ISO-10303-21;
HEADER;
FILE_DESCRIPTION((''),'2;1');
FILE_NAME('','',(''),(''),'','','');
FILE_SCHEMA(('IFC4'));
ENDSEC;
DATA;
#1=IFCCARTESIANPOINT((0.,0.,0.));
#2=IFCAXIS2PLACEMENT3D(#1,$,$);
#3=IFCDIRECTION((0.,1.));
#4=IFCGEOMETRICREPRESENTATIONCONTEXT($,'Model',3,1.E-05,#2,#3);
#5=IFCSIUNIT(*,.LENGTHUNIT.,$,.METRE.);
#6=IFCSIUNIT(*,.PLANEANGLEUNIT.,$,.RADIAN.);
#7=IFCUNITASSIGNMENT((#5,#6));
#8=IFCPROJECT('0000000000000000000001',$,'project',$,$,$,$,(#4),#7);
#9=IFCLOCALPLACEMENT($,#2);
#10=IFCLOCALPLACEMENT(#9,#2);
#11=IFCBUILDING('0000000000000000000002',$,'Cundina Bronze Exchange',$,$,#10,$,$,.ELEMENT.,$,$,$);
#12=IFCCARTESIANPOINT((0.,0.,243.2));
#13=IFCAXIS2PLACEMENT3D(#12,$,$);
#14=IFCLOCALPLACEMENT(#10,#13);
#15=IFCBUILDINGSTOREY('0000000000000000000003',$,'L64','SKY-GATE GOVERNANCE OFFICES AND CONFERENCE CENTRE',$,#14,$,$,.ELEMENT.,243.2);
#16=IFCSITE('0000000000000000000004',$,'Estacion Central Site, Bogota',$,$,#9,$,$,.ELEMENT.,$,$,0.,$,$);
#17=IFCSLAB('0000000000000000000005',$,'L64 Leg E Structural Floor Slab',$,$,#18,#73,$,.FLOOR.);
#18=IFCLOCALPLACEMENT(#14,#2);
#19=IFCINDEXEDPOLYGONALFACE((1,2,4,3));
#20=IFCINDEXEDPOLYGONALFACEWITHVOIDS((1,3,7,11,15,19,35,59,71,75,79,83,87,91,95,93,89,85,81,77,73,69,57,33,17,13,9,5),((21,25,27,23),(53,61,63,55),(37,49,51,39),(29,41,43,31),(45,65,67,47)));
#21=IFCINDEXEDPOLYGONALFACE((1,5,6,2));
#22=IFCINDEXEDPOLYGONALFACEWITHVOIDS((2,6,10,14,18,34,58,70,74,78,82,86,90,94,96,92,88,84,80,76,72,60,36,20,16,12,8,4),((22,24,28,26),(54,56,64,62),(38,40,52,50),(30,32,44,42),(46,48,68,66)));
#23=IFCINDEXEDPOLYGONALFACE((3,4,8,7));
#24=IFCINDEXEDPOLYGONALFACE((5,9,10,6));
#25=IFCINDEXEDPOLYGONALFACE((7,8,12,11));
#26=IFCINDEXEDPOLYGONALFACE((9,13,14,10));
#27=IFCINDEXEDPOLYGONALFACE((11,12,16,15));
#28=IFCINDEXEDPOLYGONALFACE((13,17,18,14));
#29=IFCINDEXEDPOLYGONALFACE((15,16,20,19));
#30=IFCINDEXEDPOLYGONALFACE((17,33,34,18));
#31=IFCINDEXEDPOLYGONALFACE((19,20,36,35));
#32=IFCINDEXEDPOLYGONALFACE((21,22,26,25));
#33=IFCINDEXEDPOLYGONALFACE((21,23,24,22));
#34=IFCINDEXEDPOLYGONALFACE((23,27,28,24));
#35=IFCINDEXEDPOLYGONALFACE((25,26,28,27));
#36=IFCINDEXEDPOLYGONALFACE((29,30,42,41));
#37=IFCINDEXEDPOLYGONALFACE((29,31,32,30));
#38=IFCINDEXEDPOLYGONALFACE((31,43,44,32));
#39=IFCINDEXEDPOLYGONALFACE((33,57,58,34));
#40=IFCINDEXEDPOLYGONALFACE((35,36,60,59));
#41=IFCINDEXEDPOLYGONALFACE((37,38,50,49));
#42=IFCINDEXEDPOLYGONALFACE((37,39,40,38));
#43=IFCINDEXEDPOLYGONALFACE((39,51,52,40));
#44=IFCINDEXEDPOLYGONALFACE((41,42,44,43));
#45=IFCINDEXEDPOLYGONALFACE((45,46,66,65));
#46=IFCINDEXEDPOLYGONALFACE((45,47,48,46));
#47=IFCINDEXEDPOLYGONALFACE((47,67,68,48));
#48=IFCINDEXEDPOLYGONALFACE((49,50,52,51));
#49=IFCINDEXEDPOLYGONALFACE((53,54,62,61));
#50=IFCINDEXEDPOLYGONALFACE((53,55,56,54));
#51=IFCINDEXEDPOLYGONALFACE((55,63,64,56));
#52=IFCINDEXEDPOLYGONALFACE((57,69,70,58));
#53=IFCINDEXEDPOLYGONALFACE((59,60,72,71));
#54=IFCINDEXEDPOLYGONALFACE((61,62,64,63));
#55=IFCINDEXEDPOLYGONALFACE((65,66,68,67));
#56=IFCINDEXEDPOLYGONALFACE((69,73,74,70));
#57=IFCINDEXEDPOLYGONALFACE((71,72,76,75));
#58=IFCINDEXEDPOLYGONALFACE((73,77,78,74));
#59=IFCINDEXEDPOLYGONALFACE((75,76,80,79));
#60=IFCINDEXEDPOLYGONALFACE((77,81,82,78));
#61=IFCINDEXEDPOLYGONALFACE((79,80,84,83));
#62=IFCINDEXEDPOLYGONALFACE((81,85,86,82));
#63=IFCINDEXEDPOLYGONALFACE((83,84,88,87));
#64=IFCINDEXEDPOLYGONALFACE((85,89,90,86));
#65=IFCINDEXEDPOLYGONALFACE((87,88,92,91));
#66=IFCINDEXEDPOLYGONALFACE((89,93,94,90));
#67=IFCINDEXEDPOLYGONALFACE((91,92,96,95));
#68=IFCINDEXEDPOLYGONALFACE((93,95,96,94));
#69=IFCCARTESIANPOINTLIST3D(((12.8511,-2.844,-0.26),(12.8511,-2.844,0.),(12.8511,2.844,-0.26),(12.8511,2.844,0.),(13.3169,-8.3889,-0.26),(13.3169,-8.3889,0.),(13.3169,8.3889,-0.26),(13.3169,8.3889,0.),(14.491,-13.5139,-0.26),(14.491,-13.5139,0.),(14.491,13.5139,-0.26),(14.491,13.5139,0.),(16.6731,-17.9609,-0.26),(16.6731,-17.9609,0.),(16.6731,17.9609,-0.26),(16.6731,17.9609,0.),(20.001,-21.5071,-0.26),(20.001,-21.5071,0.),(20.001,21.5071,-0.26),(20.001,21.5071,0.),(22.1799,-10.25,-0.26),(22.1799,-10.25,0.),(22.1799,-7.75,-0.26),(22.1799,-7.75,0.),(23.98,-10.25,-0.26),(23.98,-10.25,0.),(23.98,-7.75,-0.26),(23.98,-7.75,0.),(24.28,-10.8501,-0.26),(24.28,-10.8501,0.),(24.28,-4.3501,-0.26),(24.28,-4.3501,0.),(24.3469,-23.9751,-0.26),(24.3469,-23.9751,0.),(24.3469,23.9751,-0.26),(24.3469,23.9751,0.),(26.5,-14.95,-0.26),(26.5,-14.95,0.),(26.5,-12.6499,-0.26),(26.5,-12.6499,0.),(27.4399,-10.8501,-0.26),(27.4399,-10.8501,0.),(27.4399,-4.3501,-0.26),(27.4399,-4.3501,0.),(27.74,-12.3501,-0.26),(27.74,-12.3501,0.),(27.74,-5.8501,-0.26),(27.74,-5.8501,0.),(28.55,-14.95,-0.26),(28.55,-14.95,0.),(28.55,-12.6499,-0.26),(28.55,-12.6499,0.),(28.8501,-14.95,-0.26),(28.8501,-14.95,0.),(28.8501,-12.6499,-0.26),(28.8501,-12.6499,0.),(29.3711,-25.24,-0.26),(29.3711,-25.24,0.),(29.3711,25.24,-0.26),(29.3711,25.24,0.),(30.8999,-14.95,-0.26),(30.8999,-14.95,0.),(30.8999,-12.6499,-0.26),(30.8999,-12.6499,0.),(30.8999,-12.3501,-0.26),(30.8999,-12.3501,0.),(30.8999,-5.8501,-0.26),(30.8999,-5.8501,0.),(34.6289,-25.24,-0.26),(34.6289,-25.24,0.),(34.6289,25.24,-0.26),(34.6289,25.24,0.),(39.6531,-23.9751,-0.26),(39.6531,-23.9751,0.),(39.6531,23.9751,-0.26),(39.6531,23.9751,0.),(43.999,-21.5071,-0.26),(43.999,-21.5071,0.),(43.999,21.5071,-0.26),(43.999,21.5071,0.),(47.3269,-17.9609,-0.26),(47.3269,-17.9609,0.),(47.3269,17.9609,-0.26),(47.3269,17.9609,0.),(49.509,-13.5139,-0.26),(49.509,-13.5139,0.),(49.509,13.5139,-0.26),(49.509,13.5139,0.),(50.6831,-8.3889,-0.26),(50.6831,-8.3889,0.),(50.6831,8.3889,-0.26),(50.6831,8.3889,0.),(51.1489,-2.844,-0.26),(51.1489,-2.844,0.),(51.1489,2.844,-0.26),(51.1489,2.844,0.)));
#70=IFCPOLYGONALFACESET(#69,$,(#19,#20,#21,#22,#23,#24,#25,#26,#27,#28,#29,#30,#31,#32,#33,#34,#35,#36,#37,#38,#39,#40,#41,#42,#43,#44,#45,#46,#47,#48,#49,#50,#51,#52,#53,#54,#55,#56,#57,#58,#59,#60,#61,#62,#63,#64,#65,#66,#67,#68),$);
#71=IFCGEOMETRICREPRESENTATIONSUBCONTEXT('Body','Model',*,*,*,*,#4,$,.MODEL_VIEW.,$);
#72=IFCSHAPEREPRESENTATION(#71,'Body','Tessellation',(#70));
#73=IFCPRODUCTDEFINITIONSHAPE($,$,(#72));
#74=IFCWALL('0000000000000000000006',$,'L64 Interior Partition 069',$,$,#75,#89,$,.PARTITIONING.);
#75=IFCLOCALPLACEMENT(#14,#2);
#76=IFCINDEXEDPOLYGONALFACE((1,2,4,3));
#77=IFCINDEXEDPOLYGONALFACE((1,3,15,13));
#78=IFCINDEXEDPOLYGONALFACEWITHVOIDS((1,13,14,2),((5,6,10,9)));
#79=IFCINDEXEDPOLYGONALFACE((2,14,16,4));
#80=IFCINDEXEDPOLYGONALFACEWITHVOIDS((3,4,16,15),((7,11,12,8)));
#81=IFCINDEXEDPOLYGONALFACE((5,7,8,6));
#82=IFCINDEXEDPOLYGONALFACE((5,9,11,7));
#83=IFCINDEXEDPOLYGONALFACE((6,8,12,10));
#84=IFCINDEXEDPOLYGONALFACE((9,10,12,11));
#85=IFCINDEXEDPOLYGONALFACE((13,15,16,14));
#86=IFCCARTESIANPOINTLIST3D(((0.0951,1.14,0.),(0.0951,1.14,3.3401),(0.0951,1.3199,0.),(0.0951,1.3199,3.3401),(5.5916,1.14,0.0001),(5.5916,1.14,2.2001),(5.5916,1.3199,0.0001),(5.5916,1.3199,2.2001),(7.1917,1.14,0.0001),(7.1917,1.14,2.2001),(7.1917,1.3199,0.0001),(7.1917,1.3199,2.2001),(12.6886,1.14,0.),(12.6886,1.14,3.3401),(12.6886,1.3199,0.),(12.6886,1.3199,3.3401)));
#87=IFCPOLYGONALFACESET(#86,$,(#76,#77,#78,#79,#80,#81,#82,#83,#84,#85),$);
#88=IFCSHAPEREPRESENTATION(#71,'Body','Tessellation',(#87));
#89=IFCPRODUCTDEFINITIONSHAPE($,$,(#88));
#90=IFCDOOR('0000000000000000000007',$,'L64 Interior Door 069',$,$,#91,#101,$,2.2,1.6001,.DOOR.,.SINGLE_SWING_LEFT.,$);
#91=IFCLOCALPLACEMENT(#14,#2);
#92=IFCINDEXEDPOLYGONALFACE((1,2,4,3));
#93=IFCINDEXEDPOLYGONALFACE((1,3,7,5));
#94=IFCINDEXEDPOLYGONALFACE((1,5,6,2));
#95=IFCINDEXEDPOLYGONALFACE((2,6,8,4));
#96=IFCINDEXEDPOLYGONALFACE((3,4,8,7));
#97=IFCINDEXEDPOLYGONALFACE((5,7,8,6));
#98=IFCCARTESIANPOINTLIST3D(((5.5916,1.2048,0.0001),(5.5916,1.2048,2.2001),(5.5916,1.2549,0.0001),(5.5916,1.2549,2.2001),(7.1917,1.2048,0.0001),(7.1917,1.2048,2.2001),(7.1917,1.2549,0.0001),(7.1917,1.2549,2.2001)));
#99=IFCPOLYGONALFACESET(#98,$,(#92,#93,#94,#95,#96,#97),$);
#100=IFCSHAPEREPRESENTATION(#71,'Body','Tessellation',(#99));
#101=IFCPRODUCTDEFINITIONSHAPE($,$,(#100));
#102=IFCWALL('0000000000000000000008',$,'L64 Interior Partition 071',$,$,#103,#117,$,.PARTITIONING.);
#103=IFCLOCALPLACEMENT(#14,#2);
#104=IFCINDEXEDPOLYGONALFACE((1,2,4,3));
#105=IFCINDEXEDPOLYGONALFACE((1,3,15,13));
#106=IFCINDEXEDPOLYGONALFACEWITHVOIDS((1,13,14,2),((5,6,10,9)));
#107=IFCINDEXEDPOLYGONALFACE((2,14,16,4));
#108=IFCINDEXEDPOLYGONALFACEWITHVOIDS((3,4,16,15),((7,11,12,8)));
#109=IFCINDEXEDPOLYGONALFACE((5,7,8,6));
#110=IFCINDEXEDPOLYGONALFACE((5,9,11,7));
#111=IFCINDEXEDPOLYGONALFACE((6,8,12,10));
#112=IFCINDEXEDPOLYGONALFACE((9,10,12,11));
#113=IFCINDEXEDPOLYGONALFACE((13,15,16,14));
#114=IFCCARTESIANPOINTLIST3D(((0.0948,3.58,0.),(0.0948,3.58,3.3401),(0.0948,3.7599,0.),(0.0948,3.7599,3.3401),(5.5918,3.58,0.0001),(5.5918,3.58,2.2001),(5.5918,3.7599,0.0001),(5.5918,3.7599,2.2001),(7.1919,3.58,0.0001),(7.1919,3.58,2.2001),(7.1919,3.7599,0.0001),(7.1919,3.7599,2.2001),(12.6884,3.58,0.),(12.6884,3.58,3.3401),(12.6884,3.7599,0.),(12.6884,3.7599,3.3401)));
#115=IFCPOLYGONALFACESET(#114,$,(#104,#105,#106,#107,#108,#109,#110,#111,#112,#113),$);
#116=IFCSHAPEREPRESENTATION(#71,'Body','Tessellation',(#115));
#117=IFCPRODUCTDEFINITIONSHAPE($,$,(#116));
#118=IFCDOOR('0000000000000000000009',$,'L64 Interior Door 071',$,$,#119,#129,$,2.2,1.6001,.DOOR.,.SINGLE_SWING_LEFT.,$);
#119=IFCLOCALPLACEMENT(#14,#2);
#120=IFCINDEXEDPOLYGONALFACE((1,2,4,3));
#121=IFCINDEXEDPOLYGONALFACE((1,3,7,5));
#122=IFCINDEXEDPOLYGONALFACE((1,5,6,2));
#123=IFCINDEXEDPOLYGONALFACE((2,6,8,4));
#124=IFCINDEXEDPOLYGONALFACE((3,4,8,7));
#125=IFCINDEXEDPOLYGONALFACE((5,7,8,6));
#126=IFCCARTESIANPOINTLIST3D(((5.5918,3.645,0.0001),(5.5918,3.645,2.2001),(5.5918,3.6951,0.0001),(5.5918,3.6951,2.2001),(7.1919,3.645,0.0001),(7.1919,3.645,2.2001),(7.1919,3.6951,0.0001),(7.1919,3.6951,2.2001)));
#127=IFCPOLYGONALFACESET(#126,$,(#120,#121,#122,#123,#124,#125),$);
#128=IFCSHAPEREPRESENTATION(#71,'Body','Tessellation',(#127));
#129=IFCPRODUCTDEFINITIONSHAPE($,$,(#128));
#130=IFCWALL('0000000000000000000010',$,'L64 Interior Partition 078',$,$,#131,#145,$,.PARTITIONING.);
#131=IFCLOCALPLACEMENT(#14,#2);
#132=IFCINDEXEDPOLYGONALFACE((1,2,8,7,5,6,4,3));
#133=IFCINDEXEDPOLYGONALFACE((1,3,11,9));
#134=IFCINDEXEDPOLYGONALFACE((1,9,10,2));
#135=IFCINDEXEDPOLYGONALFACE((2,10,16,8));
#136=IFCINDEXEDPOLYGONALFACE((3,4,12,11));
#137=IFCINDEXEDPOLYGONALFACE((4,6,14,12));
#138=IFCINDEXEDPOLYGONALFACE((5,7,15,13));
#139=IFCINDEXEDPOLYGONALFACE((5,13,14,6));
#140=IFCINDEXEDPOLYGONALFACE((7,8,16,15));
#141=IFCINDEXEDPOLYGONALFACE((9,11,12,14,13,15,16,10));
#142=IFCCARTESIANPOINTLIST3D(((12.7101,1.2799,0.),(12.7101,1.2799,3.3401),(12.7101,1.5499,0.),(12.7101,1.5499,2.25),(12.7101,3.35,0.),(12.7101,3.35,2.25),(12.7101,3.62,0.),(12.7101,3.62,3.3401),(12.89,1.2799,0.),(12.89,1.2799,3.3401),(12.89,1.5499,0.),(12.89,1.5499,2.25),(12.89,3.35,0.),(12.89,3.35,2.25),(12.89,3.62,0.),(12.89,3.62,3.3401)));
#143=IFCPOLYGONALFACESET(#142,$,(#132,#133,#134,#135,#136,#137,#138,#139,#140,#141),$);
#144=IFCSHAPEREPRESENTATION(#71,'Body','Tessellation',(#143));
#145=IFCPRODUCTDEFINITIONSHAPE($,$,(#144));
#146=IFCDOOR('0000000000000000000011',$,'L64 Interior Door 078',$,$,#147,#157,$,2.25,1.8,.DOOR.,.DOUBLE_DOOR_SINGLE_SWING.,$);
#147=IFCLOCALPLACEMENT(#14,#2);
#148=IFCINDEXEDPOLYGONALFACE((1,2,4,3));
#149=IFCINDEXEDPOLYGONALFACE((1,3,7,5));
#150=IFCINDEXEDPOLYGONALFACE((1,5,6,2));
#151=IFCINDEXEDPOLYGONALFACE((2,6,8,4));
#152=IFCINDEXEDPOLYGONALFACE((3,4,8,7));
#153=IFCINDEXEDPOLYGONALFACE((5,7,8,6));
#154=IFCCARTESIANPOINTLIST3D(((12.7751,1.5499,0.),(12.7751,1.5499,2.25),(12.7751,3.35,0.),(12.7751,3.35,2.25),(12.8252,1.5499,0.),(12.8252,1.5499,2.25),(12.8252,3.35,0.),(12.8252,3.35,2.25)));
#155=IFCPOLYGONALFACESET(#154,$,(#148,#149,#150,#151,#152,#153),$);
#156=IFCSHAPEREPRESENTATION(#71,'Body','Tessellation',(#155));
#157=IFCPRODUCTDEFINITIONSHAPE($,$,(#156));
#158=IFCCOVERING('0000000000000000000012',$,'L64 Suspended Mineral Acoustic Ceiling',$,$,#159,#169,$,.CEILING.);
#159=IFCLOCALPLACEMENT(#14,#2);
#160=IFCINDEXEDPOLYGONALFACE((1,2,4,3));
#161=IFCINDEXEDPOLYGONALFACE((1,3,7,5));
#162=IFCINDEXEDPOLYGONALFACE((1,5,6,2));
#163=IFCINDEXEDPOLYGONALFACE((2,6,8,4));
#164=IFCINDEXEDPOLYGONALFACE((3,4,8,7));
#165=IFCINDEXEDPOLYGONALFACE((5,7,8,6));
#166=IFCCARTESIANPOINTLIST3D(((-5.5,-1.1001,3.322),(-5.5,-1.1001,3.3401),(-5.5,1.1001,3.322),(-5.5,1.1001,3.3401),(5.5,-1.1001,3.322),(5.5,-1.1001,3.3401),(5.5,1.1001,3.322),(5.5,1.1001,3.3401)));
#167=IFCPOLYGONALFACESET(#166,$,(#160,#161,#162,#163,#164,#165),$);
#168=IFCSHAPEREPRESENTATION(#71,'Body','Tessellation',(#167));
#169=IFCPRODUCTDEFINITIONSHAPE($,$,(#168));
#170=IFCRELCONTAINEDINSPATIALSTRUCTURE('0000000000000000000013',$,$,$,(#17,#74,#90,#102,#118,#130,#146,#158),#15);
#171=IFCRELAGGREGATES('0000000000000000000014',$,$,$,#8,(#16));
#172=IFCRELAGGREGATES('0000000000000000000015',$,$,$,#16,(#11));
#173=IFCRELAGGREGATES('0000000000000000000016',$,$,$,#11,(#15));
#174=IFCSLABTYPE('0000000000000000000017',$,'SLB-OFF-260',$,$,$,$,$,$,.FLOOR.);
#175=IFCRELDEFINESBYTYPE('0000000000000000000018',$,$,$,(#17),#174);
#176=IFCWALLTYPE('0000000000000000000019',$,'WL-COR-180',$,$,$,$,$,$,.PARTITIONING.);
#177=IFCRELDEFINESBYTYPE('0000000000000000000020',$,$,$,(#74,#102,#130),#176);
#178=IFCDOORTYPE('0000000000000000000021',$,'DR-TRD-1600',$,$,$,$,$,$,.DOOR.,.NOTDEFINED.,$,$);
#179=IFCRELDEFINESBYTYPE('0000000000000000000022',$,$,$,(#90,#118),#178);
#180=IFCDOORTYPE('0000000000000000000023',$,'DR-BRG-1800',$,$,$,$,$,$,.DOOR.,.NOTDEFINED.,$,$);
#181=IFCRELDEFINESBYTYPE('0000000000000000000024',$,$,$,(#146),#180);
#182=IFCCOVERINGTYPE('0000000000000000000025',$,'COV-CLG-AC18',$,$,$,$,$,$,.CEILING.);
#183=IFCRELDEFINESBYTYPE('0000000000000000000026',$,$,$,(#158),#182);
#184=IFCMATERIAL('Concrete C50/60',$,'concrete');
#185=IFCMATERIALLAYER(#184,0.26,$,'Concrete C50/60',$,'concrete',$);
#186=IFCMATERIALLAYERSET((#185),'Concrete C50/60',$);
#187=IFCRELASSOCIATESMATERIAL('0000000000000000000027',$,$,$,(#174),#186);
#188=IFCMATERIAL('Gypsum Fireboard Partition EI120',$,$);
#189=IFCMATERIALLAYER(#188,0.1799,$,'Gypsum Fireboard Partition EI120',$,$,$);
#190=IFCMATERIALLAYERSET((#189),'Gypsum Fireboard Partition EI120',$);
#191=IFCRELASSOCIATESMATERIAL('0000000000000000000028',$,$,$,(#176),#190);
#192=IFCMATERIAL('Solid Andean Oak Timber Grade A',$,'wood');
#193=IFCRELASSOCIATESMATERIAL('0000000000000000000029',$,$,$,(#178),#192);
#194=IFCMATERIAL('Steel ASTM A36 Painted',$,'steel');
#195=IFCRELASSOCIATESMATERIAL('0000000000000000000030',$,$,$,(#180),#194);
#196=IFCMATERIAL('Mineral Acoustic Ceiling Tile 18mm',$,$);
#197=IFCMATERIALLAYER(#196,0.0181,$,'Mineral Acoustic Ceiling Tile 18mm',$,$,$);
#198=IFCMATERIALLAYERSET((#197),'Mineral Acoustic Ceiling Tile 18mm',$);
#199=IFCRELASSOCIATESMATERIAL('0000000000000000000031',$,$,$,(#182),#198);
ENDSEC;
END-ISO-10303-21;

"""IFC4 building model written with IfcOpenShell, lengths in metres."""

from ifc_helpers import new_model, si_unit, direction, frame, frame_2d, origin, place, context, subcontext, project, spatial, polyline, rectangle, outline, extrude, material, layer, layer_set, type_object, element, fill, save


model = new_model("IFC4")

# Units and contexts
model_context = context("Model", 3, precision=1e-05, world=origin(), true_north=direction((0.0, 1.0)))
body_context = subcontext(model_context, "Body", "Model", "MODEL_VIEW")
ifc_project = project(units=[si_unit("LENGTHUNIT", "METRE"), si_unit("PLANEANGLEUNIT", "RADIAN")], contexts=[model_context])

# Site, building, storey
site_placement = place(None, origin())
site = spatial("IfcSite", under=ifc_project, at=site_placement, Name="Estacion Central Site, Bogota", CompositionType="ELEMENT", RefElevation=0.0)
building_placement = place(site_placement, origin())
building = spatial("IfcBuilding", under=site, at=building_placement, Name="Cundina Bronze Exchange", CompositionType="ELEMENT")
storey_placement = place(building_placement, frame((0.0, 0.0, 243.2)))
storey = spatial("IfcBuildingStorey", under=building, at=storey_placement, Name="L64", Description="SKY-GATE GOVERNANCE OFFICES AND CONFERENCE CENTRE", CompositionType="ELEMENT", Elevation=243.2)

# Shared definitions
ifc_material_1 = material(Name="Concrete C50/60", Category="concrete")

# Slab
ifc_layer_1 = layer(ifc_material_1, 0.26, Name="Concrete C50/60", Category="concrete")
ifc_layer_set_1 = layer_set([ifc_layer_1], Name="Concrete C50/60")
slab_type_1 = type_object("IfcSlabType", Name="SLB-OFF-260", PredefinedType="FLOOR", material=ifc_layer_set_1)
slab_1_placement = place(storey_placement, frame((0.0, 0.0, -0.26)))
element("IfcSlab", 1, at=slab_1_placement, inside=storey, type_object=slab_type_1, Name="L64 Leg E Structural Floor Slab", PredefinedType="FLOOR", context=body_context, shape_type="SweptSolid", body=[
    extrude(outline(polyline([(51.1489, 2.844), (50.6831, 8.3889), (49.509, 13.5139), (47.3269, 17.9609), (43.999, 21.5071), (39.6531, 23.9751), (34.6289, 25.24), (29.3711, 25.24), (24.3469, 23.9751), (20.001, 21.5071), (16.6731, 17.9609), (14.491, 13.5139), (13.3169, 8.3889), (12.8511, 2.844), (12.8511, -2.844), (13.3169, -8.3889), (14.491, -13.5139), (16.6731, -17.9609), (20.001, -21.5071), (24.3469, -23.9751), (29.3711, -25.24), (34.6289, -25.24), (39.6531, -23.9751), (43.999, -21.5071), (47.3269, -17.9609), (49.509, -13.5139), (50.6831, -8.3889), (51.1489, -2.844), (51.1489, 2.844)]), holes=[polyline([(27.74, -5.8501), (27.74, -12.3501), (30.8999, -12.3501), (30.8999, -5.8501), (27.74, -5.8501)]), polyline([(27.4399, -10.8501), (27.4399, -4.3501), (24.28, -4.3501), (24.28, -10.8501), (27.4399, -10.8501)]), polyline([(22.1799, -7.75), (23.98, -7.75), (23.98, -10.25), (22.1799, -10.25), (22.1799, -7.75)]), polyline([(28.8501, -12.6499), (30.8999, -12.6499), (30.8999, -14.95), (28.8501, -14.95), (28.8501, -12.6499)]), polyline([(26.5, -12.6499), (28.55, -12.6499), (28.55, -14.95), (26.5, -14.95), (26.5, -12.6499)])]), origin(), (0.0, 0.0, 1.0), 0.26),
])

# Walls, openings, doors
ifc_material_2 = material(Name="Gypsum Fireboard Partition EI120")
ifc_layer_2 = layer(ifc_material_2, 0.1799, Name="Gypsum Fireboard Partition EI120")
ifc_layer_set_2 = layer_set([ifc_layer_2], Name="Gypsum Fireboard Partition EI120")
wall_type = type_object("IfcWallType", Name="WL-COR-180", PredefinedType="PARTITIONING", material=ifc_layer_set_2)
wall_1_placement = place(storey_placement, frame((0.095, 1.23, 0.0), z_axis=(0.0, 0.0, 1.0), x_axis=(1.0, 0.0, 0.0)))
wall_1 = element("IfcWall", 2, at=wall_1_placement, inside=storey, type_object=wall_type, Name="L64 Interior Partition 069", PredefinedType="PARTITIONING", context=body_context, shape_type="SweptSolid", body=[
    extrude(rectangle(XDim=12.5935, YDim=0.1799, at=frame_2d((6.2969, 0.0))), origin(), (0.0, 0.0, 1.0), 3.3401),
])
opening_1_placement = place(wall_1_placement, frame((5.4966, 0.0, 0.0)))
opening_1 = element("IfcOpeningElement", 3, at=opening_1_placement, cuts=wall_1, PredefinedType="OPENING", context=body_context, shape_type="SweptSolid", body=[
    extrude(rectangle(XDim=1.6001, YDim=2.2, at=frame_2d((0.8, 1.1001))), frame((0.0, 0.0999, 0.0), z_axis=(0.0, -1.0, 0.0), x_axis=(1.0, 0.0, 0.0)), (0.0, 0.0, 1.0), 0.2),
])
ifc_material_3 = material(Name="Solid Andean Oak Timber Grade A", Category="wood")
door_type_1 = type_object("IfcDoorType", Name="DR-TRD-1600", OperationType="NOTDEFINED", PredefinedType="DOOR", material=ifc_material_3)
door_1_placement = place(opening_1_placement, origin())
door_1 = element("IfcDoor", 4, at=door_1_placement, inside=storey, type_object=door_type_1, Name="L64 Interior Door 069", OperationType="SINGLE_SWING_LEFT", OverallHeight=2.2, OverallWidth=1.6001, PredefinedType="DOOR", context=body_context, shape_type="SweptSolid", body=[
    extrude(rectangle(XDim=1.6001, YDim=2.2, at=frame_2d((0.8, 1.1001))), frame((0.0, 0.0249, 0.0), z_axis=(0.0, -1.0, 0.0), x_axis=(1.0, 0.0, 0.0)), (0.0, 0.0, 1.0), 0.05),
])
fill(opening_1, door_1)
wall_2_placement = place(storey_placement, frame((12.6885, 3.6699, 0.0), z_axis=(0.0, 0.0, 1.0), x_axis=(-1.0, 0.0, 0.0)))
wall_2 = element("IfcWall", 5, at=wall_2_placement, inside=storey, type_object=wall_type, Name="L64 Interior Partition 071", PredefinedType="PARTITIONING", context=body_context, shape_type="SweptSolid", body=[
    extrude(rectangle(XDim=12.5935, YDim=0.1799, at=frame_2d((6.2969, 0.0))), origin(), (0.0, 0.0, 1.0), 3.3401),
])
opening_2_placement = place(wall_2_placement, frame((5.4966, 0.0, 0.0)))
opening_2 = element("IfcOpeningElement", 6, at=opening_2_placement, cuts=wall_2, PredefinedType="OPENING", context=body_context, shape_type="SweptSolid", body=[
    extrude(rectangle(XDim=1.6001, YDim=2.2, at=frame_2d((0.8, 1.1001))), frame((0.0, 0.0999, 0.0), z_axis=(0.0, -1.0, 0.0), x_axis=(1.0, 0.0, 0.0)), (0.0, 0.0, 1.0), 0.2),
])
door_2_placement = place(opening_2_placement, origin())
door_2 = element("IfcDoor", 7, at=door_2_placement, inside=storey, type_object=door_type_1, Name="L64 Interior Door 071", OperationType="SINGLE_SWING_LEFT", OverallHeight=2.2, OverallWidth=1.6001, PredefinedType="DOOR", context=body_context, shape_type="SweptSolid", body=[
    extrude(rectangle(XDim=1.6001, YDim=2.2, at=frame_2d((0.8, 1.1001))), frame((0.0, 0.0249, 0.0), z_axis=(0.0, -1.0, 0.0), x_axis=(1.0, 0.0, 0.0)), (0.0, 0.0, 1.0), 0.05),
])
fill(opening_2, door_2)
wall_3_placement = place(storey_placement, frame((12.8, 1.28, 0.0), z_axis=(0.0, 0.0, 1.0), x_axis=(0.0, 1.0, 0.0)))
wall_3 = element("IfcWall", 8, at=wall_3_placement, inside=storey, type_object=wall_type, Name="L64 Interior Partition 078", PredefinedType="PARTITIONING", context=body_context, shape_type="SweptSolid", body=[
    extrude(rectangle(XDim=2.3401, YDim=0.1799, at=frame_2d((1.1699, 0.0))), origin(), (0.0, 0.0, 1.0), 3.3401),
])
opening_3_placement = place(wall_3_placement, frame((0.27, 0.0, 0.0)))
opening_3 = element("IfcOpeningElement", 9, at=opening_3_placement, cuts=wall_3, PredefinedType="OPENING", context=body_context, shape_type="SweptSolid", body=[
    extrude(rectangle(XDim=1.8, YDim=2.25, at=frame_2d((0.8999, 1.125))), frame((0.0, 0.0999, 0.0), z_axis=(0.0, -1.0, 0.0), x_axis=(1.0, 0.0, 0.0)), (0.0, 0.0, 1.0), 0.2),
])
ifc_material_4 = material(Name="Steel ASTM A36 Painted", Category="steel")
door_type_2 = type_object("IfcDoorType", Name="DR-BRG-1800", OperationType="NOTDEFINED", PredefinedType="DOOR", material=ifc_material_4)
door_3_placement = place(opening_3_placement, origin())
door_3 = element("IfcDoor", 10, at=door_3_placement, inside=storey, type_object=door_type_2, Name="L64 Interior Door 078", OperationType="DOUBLE_DOOR_SINGLE_SWING", OverallHeight=2.25, OverallWidth=1.8, PredefinedType="DOOR", context=body_context, shape_type="SweptSolid", body=[
    extrude(rectangle(XDim=1.8, YDim=2.25, at=frame_2d((0.8999, 1.125))), frame((0.0, 0.0249, 0.0), z_axis=(0.0, -1.0, 0.0), x_axis=(1.0, 0.0, 0.0)), (0.0, 0.0, 1.0), 0.05),
])
fill(opening_3, door_3)

# Covering
ifc_material_5 = material(Name="Mineral Acoustic Ceiling Tile 18mm")
ifc_layer_3 = layer(ifc_material_5, 0.0181, Name="Mineral Acoustic Ceiling Tile 18mm")
ifc_layer_set_3 = layer_set([ifc_layer_3], Name="Mineral Acoustic Ceiling Tile 18mm")
covering_type = type_object("IfcCoveringType", Name="COV-CLG-AC18", PredefinedType="CEILING", material=ifc_layer_set_3)
covering_placement = place(storey_placement, frame((0.0, 0.0, 3.322)))
element("IfcCovering", 11, at=covering_placement, inside=storey, type_object=covering_type, Name="L64 Suspended Mineral Acoustic Ceiling", PredefinedType="CEILING", context=body_context, shape_type="SweptSolid", body=[
    extrude(outline(polyline([(-5.5, -1.1001), (5.5, -1.1001), (5.5, 1.1001), (-5.5, 1.1001), (-5.5, -1.1001)])), origin(), (0.0, 0.0, 1.0), 0.0181),
])

save(model, "model.ifc")
